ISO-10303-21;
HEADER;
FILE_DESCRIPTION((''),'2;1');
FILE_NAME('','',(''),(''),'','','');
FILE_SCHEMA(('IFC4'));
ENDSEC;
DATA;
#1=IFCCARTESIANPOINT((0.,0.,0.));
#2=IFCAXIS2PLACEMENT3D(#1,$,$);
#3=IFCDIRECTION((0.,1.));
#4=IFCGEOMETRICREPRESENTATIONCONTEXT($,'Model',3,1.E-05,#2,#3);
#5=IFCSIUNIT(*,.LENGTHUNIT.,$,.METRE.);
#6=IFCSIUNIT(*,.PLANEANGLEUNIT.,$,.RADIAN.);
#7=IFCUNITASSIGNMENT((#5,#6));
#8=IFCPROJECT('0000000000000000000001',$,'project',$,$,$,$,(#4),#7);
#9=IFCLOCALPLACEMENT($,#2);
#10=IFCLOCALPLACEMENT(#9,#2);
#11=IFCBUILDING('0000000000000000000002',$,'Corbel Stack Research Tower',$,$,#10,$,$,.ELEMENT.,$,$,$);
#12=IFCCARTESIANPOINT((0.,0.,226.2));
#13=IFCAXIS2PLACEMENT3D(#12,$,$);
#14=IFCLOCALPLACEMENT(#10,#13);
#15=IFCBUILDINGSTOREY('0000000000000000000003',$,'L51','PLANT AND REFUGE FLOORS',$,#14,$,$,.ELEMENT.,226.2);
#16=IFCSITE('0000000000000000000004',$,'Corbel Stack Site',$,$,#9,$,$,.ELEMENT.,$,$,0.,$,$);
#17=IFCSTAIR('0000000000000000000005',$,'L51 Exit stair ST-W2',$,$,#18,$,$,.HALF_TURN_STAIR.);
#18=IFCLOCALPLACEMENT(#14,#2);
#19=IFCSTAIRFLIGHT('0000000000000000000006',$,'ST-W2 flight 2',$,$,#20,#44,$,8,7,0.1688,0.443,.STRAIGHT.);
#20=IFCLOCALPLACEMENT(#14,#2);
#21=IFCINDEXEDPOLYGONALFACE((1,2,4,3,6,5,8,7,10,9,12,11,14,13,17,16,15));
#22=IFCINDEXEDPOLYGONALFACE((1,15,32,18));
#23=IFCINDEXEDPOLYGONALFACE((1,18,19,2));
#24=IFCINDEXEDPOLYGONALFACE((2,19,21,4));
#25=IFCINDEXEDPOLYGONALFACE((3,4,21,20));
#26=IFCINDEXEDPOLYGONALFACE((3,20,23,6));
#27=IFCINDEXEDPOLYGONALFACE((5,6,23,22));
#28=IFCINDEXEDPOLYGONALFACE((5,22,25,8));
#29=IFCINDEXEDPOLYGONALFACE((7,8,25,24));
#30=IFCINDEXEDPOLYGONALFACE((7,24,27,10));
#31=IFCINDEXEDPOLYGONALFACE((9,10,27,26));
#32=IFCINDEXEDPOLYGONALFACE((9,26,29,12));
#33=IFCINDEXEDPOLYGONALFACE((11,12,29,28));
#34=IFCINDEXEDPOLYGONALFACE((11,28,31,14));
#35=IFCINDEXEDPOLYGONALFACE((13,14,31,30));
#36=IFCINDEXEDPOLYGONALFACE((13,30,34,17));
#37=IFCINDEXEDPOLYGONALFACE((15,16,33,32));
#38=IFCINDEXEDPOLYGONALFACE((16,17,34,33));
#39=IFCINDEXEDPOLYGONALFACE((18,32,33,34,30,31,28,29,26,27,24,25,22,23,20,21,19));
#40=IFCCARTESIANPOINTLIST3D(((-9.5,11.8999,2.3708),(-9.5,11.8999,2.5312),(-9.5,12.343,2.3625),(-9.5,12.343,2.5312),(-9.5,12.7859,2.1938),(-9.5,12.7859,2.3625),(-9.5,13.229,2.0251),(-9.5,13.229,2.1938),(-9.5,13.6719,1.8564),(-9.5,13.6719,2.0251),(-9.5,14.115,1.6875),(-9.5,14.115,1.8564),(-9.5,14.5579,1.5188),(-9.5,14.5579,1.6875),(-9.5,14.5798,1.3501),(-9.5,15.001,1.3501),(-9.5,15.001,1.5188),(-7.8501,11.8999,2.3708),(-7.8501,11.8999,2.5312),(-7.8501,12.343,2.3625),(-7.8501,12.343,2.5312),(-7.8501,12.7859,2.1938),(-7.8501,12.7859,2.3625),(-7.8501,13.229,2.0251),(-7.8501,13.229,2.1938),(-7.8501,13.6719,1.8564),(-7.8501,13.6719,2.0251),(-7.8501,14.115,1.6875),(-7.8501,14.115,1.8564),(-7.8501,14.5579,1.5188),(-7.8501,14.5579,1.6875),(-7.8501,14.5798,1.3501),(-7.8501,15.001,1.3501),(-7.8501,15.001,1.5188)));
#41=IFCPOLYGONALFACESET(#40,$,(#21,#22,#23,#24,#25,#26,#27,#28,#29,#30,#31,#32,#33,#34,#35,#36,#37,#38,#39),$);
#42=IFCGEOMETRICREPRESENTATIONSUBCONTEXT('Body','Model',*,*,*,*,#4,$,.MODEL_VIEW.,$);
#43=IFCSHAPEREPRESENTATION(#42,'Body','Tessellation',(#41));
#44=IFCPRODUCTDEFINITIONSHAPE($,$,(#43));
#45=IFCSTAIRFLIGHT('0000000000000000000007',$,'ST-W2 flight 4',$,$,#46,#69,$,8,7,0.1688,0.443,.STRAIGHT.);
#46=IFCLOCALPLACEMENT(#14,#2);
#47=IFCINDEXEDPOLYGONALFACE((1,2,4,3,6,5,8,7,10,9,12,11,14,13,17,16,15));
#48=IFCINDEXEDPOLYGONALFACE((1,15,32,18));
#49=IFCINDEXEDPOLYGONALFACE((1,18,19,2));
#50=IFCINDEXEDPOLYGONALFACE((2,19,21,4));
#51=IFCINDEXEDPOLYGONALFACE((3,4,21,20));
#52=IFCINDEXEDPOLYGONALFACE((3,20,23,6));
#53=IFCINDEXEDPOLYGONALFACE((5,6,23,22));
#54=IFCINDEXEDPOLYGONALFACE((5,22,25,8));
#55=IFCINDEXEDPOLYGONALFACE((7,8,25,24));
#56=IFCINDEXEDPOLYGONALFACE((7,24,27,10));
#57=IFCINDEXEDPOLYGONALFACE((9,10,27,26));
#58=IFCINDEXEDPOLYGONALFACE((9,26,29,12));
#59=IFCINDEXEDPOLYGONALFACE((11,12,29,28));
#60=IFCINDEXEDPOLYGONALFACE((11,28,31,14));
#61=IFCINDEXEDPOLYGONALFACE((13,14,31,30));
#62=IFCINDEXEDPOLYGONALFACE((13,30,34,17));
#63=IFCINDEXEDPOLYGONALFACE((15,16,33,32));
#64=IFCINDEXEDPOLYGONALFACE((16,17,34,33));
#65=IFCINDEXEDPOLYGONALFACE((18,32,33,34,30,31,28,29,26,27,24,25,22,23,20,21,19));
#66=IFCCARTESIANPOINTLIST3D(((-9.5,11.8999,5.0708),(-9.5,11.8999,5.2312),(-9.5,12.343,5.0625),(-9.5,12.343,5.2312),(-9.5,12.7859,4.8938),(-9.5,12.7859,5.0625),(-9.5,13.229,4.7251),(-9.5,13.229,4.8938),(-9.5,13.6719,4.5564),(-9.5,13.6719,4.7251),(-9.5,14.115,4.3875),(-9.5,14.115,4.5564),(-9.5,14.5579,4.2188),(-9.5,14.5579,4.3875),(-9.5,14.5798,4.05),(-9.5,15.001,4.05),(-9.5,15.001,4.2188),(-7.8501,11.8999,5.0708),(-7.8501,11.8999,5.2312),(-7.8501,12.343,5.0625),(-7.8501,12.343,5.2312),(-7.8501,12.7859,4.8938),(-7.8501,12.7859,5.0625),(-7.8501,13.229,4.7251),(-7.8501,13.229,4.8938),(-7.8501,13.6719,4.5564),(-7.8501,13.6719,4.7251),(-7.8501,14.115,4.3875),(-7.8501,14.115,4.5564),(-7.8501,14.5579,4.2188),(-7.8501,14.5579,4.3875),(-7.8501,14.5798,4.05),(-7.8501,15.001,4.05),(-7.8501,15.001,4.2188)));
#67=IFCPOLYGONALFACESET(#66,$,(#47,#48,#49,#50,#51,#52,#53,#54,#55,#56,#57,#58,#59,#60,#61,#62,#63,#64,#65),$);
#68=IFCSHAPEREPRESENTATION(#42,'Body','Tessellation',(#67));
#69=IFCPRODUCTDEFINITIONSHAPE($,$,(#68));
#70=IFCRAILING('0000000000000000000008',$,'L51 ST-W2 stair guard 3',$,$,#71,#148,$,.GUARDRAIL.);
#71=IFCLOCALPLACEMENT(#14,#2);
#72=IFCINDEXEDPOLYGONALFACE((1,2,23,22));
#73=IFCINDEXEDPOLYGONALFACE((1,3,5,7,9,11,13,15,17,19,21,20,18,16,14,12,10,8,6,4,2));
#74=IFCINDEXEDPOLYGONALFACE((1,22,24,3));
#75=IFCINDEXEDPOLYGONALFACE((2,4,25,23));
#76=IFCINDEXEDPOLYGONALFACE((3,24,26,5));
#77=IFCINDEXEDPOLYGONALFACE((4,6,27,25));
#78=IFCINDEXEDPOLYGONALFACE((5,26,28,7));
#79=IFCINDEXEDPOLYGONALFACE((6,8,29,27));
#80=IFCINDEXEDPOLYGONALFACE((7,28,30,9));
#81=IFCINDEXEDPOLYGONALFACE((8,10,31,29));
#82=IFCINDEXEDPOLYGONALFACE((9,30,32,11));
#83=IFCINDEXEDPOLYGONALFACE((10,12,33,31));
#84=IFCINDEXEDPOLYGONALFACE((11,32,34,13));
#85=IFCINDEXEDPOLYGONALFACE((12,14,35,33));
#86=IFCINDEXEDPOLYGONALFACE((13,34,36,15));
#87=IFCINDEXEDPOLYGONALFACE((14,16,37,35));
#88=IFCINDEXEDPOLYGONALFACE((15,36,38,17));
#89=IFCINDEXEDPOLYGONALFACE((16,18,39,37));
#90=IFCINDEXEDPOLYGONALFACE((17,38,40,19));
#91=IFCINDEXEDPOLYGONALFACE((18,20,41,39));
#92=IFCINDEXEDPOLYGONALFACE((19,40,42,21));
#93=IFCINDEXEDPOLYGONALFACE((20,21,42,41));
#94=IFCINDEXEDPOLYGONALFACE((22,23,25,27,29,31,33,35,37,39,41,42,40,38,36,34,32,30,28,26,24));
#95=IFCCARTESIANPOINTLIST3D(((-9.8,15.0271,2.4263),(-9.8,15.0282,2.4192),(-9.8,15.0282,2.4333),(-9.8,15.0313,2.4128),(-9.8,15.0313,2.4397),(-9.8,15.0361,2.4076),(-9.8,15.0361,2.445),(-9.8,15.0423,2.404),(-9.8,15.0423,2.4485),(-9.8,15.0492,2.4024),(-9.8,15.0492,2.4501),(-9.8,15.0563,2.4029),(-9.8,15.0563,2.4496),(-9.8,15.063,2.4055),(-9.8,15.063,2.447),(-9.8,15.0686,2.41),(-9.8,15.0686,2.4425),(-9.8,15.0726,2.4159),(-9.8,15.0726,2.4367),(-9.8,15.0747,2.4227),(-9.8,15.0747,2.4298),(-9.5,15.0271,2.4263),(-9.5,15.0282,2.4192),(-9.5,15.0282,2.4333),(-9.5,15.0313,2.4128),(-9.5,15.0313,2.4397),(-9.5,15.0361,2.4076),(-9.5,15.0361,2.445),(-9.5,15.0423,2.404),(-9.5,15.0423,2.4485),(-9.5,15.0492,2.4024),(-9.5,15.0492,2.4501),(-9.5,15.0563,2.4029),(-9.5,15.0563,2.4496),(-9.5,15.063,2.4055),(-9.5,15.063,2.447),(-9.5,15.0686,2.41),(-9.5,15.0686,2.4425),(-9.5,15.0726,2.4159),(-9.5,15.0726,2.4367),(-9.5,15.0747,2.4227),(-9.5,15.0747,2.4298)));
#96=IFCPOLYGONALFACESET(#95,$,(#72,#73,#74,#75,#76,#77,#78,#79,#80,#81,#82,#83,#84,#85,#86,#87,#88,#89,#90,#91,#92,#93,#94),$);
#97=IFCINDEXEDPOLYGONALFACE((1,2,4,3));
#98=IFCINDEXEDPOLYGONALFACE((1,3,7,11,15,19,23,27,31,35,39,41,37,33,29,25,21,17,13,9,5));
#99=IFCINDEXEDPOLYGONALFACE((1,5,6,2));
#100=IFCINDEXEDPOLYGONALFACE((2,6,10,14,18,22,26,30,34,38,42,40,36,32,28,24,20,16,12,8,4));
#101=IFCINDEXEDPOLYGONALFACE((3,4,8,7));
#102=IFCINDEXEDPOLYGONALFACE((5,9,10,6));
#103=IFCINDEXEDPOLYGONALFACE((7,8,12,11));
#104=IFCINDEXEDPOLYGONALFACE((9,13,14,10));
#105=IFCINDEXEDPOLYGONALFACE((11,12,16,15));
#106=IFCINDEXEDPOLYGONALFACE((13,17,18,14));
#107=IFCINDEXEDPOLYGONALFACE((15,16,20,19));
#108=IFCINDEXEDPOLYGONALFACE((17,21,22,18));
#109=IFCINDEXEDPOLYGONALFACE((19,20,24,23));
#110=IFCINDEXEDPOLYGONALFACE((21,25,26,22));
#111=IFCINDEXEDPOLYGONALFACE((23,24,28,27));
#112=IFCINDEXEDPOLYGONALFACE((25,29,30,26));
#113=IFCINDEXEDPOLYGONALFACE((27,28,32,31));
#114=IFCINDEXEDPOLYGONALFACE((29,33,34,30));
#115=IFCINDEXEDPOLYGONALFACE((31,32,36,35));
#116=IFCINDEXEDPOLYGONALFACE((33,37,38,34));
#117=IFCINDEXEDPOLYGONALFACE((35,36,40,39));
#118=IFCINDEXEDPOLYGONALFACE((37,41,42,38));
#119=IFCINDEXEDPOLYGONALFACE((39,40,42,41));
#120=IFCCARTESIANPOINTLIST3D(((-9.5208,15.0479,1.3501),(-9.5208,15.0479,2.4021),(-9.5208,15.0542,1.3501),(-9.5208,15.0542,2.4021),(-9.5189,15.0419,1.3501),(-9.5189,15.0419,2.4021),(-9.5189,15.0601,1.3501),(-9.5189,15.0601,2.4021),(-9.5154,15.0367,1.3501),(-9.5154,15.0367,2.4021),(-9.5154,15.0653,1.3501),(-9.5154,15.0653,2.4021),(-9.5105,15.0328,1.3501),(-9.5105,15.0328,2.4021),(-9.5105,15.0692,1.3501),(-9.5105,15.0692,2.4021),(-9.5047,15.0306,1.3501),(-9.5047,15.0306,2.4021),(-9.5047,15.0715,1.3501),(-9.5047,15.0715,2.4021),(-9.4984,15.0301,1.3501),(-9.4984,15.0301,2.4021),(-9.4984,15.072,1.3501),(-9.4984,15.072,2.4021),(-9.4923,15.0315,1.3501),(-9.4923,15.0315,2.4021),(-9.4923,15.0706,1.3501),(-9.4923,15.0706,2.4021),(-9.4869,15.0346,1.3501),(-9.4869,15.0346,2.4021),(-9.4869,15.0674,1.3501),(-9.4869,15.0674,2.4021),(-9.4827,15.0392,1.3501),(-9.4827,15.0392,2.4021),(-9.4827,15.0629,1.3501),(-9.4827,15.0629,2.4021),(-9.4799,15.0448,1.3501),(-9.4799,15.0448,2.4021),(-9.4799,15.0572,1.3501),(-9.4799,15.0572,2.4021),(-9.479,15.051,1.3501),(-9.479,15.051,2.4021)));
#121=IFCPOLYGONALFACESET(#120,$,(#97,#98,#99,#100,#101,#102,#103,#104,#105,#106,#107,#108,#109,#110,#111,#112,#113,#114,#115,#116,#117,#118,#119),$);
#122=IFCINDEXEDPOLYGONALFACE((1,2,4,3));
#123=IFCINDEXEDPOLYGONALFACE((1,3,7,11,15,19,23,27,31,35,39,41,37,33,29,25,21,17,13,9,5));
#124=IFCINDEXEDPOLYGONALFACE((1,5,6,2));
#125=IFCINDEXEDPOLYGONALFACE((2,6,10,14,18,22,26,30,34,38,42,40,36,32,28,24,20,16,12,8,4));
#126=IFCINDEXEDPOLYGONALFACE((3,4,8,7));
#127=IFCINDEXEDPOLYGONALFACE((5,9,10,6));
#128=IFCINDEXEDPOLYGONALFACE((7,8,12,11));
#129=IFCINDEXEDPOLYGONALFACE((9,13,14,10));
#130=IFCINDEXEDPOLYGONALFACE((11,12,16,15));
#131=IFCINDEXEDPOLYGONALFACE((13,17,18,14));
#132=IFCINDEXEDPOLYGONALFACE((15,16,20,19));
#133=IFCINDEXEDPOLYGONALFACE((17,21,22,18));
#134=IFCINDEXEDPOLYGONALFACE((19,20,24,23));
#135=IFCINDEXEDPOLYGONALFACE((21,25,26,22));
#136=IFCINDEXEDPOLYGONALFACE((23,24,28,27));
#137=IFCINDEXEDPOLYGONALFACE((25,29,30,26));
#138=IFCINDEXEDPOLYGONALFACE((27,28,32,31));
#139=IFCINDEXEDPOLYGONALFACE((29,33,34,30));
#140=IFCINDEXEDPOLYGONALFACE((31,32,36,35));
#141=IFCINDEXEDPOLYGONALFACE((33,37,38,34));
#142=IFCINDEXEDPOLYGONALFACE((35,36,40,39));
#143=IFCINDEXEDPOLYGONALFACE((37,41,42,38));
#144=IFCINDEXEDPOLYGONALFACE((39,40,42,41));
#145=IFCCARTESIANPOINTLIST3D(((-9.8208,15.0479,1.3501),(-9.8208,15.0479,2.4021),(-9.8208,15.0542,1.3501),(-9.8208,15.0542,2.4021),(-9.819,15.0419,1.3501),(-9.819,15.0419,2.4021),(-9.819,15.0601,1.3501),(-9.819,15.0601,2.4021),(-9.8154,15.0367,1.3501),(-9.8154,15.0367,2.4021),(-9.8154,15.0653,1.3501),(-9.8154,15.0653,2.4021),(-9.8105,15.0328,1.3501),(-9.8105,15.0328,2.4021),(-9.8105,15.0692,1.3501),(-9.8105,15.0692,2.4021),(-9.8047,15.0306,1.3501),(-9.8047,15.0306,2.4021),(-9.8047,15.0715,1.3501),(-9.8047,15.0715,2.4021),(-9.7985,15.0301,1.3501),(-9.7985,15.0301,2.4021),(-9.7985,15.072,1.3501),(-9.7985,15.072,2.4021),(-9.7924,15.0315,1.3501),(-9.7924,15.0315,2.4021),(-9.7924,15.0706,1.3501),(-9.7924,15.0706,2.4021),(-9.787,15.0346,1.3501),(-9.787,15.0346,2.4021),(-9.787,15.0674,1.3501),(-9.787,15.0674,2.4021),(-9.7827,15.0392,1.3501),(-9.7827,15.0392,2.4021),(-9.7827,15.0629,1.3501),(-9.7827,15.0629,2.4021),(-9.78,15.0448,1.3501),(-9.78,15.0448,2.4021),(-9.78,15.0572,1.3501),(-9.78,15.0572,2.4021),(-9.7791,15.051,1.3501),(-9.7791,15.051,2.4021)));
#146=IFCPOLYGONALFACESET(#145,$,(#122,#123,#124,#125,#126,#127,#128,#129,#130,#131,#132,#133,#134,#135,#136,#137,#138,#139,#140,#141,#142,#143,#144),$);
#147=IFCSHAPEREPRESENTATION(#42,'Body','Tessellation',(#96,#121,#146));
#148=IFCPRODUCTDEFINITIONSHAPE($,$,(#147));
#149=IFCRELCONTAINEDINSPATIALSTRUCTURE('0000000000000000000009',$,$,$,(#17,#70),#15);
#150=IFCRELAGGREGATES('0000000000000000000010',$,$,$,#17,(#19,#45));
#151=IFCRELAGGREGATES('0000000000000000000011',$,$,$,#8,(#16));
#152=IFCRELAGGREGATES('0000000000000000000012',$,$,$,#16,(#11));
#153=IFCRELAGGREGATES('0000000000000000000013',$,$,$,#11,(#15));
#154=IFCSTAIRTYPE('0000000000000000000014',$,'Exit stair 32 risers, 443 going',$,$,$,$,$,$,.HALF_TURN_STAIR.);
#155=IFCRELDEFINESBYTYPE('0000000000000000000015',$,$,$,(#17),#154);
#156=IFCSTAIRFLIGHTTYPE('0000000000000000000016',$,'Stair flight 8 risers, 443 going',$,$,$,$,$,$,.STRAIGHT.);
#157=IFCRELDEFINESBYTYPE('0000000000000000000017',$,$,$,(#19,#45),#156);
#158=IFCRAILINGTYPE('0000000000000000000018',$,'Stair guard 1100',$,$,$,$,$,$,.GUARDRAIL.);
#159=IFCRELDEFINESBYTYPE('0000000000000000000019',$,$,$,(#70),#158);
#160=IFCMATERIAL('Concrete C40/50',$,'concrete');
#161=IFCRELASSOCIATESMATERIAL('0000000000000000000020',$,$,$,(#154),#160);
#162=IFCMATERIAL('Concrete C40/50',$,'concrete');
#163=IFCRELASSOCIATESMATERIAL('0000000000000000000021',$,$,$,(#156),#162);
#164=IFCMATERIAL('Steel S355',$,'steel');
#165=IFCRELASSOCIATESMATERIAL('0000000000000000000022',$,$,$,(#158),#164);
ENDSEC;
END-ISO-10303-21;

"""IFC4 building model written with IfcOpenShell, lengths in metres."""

from ifc_helpers import new_model, si_unit, direction, frame, origin, origin_2d, place, context, subcontext, project, spatial, polyline, circle, outline, extrude, material, type_object, element, aggregate, save


model = new_model("IFC4")

# Units and contexts
model_context = context("Model", 3, precision=1e-05, world=origin(), true_north=direction((0.0, 1.0)))
body_context = subcontext(model_context, "Body", "Model", "MODEL_VIEW")
ifc_project = project(units=[si_unit("LENGTHUNIT", "METRE"), si_unit("PLANEANGLEUNIT", "RADIAN")], contexts=[model_context])

# Site, building, storey
site_placement = place(None, origin())
site = spatial("IfcSite", under=ifc_project, at=site_placement, Name="Corbel Stack Site", CompositionType="ELEMENT", RefElevation=0.0)
building_placement = place(site_placement, origin())
building = spatial("IfcBuilding", under=site, at=building_placement, Name="Corbel Stack Research Tower", CompositionType="ELEMENT")
storey_placement = place(building_placement, frame((0.0, 0.0, 226.2)))
storey = spatial("IfcBuildingStorey", under=building, at=storey_placement, Name="L51", Description="PLANT AND REFUGE FLOORS", CompositionType="ELEMENT", Elevation=226.2)

# Stair, stair flights
ifc_material_1 = material(Name="Concrete C40/50", Category="concrete")
stair_type = type_object("IfcStairType", Name="Exit stair 32 risers, 443 going", PredefinedType="HALF_TURN_STAIR", material=ifc_material_1)
stair_placement = place(storey_placement, origin())
stair = element("IfcStair", 1, at=stair_placement, inside=storey, type_object=stair_type, Name="L51 Exit stair ST-W2", PredefinedType="HALF_TURN_STAIR")
ifc_material_2 = material(Name="Concrete C40/50", Category="concrete")
stair_flight_type = type_object("IfcStairFlightType", Name="Stair flight 8 risers, 443 going", PredefinedType="STRAIGHT", material=ifc_material_2)
stair_flight_1_placement = place(storey_placement, frame((-8.675, 15.001, 1.3501), z_axis=(0.0, 0.0, 1.0), x_axis=(0.0, -1.0, 0.0)))
stair_flight_1 = element("IfcStairFlight", 2, at=stair_flight_1_placement, type_object=stair_flight_type, Name="ST-W2 flight 2", NumberOfRisers=8, NumberOfTreads=7, PredefinedType="STRAIGHT", RiserHeight=0.1688, TreadLength=0.443, context=body_context, shape_type="SweptSolid", body=[
    extrude(outline(polyline([(0.0, 0.0), (0.0, 0.1687), (0.4431, 0.1687), (0.4431, 0.3374), (0.886, 0.3374), (0.886, 0.5063), (1.3291, 0.5063), (1.3291, 0.675), (1.772, 0.675), (1.772, 0.8438), (2.2151, 0.8438), (2.2151, 1.0125), (2.658, 1.0125), (2.658, 1.1812), (3.1011, 1.1812), (3.1011, 1.3501), (3.1011, 1.0208), (0.4211, 0.0), (0.0, 0.0)])), frame((0.0, 0.825, 0.0), z_axis=(0.0, -1.0, 0.0), x_axis=(1.0, 0.0, 0.0)), (0.0, 0.0, 1.0), 1.6499),
])
stair_flight_2_placement = place(storey_placement, frame((-8.675, 15.001, 4.05), z_axis=(0.0, 0.0, 1.0), x_axis=(0.0, -1.0, 0.0)))
stair_flight_2 = element("IfcStairFlight", 3, at=stair_flight_2_placement, type_object=stair_flight_type, Name="ST-W2 flight 4", NumberOfRisers=8, NumberOfTreads=7, PredefinedType="STRAIGHT", RiserHeight=0.1688, TreadLength=0.443, context=body_context, shape_type="SweptSolid", body=[
    extrude(outline(polyline([(0.0, 0.0), (0.0, 0.1687), (0.4431, 0.1687), (0.4431, 0.3374), (0.886, 0.3374), (0.886, 0.5063), (1.3291, 0.5063), (1.3291, 0.675), (1.772, 0.675), (1.772, 0.8438), (2.2151, 0.8438), (2.2151, 1.0125), (2.658, 1.0125), (2.658, 1.1812), (3.1011, 1.1812), (3.1011, 1.3501), (3.1011, 1.0208), (0.4211, 0.0), (0.0, 0.0)])), frame((0.0, 0.825, 0.0), z_axis=(0.0, -1.0, 0.0), x_axis=(1.0, 0.0, 0.0)), (0.0, 0.0, 1.0), 1.6499),
])
aggregate(stair, [stair_flight_1, stair_flight_2])

# Railing
ifc_material_3 = material(Name="Steel S355", Category="steel")
railing_type_1 = type_object("IfcRailingType", Name="Stair guard 1100", PredefinedType="GUARDRAIL", material=ifc_material_3)
railing_1_placement = place(storey_placement, frame((-9.5, 15.051, 1.3501)))
element("IfcRailing", 4, at=railing_1_placement, inside=storey, type_object=railing_type_1, Name="L51 ST-W2 stair guard 3", PredefinedType="GUARDRAIL", context=body_context, shape_type="SweptSolid", body=[
    extrude(circle(Radius=0.0239, at=origin_2d()), frame((0.0, 0.0, 1.0762), z_axis=(-1.0, 0.0, 0.0), x_axis=(0.0, -1.0, 0.0)), (0.0, 0.0, 1.0), 0.3),
    extrude(circle(Radius=0.021, at=origin_2d()), origin(), (0.0, 0.0, 1.0), 1.052),
    extrude(circle(Radius=0.021, at=origin_2d()), frame((-0.3, 0.0, 0.0)), (0.0, 0.0, 1.0), 1.052),
])

save(model, "model.ifc")
